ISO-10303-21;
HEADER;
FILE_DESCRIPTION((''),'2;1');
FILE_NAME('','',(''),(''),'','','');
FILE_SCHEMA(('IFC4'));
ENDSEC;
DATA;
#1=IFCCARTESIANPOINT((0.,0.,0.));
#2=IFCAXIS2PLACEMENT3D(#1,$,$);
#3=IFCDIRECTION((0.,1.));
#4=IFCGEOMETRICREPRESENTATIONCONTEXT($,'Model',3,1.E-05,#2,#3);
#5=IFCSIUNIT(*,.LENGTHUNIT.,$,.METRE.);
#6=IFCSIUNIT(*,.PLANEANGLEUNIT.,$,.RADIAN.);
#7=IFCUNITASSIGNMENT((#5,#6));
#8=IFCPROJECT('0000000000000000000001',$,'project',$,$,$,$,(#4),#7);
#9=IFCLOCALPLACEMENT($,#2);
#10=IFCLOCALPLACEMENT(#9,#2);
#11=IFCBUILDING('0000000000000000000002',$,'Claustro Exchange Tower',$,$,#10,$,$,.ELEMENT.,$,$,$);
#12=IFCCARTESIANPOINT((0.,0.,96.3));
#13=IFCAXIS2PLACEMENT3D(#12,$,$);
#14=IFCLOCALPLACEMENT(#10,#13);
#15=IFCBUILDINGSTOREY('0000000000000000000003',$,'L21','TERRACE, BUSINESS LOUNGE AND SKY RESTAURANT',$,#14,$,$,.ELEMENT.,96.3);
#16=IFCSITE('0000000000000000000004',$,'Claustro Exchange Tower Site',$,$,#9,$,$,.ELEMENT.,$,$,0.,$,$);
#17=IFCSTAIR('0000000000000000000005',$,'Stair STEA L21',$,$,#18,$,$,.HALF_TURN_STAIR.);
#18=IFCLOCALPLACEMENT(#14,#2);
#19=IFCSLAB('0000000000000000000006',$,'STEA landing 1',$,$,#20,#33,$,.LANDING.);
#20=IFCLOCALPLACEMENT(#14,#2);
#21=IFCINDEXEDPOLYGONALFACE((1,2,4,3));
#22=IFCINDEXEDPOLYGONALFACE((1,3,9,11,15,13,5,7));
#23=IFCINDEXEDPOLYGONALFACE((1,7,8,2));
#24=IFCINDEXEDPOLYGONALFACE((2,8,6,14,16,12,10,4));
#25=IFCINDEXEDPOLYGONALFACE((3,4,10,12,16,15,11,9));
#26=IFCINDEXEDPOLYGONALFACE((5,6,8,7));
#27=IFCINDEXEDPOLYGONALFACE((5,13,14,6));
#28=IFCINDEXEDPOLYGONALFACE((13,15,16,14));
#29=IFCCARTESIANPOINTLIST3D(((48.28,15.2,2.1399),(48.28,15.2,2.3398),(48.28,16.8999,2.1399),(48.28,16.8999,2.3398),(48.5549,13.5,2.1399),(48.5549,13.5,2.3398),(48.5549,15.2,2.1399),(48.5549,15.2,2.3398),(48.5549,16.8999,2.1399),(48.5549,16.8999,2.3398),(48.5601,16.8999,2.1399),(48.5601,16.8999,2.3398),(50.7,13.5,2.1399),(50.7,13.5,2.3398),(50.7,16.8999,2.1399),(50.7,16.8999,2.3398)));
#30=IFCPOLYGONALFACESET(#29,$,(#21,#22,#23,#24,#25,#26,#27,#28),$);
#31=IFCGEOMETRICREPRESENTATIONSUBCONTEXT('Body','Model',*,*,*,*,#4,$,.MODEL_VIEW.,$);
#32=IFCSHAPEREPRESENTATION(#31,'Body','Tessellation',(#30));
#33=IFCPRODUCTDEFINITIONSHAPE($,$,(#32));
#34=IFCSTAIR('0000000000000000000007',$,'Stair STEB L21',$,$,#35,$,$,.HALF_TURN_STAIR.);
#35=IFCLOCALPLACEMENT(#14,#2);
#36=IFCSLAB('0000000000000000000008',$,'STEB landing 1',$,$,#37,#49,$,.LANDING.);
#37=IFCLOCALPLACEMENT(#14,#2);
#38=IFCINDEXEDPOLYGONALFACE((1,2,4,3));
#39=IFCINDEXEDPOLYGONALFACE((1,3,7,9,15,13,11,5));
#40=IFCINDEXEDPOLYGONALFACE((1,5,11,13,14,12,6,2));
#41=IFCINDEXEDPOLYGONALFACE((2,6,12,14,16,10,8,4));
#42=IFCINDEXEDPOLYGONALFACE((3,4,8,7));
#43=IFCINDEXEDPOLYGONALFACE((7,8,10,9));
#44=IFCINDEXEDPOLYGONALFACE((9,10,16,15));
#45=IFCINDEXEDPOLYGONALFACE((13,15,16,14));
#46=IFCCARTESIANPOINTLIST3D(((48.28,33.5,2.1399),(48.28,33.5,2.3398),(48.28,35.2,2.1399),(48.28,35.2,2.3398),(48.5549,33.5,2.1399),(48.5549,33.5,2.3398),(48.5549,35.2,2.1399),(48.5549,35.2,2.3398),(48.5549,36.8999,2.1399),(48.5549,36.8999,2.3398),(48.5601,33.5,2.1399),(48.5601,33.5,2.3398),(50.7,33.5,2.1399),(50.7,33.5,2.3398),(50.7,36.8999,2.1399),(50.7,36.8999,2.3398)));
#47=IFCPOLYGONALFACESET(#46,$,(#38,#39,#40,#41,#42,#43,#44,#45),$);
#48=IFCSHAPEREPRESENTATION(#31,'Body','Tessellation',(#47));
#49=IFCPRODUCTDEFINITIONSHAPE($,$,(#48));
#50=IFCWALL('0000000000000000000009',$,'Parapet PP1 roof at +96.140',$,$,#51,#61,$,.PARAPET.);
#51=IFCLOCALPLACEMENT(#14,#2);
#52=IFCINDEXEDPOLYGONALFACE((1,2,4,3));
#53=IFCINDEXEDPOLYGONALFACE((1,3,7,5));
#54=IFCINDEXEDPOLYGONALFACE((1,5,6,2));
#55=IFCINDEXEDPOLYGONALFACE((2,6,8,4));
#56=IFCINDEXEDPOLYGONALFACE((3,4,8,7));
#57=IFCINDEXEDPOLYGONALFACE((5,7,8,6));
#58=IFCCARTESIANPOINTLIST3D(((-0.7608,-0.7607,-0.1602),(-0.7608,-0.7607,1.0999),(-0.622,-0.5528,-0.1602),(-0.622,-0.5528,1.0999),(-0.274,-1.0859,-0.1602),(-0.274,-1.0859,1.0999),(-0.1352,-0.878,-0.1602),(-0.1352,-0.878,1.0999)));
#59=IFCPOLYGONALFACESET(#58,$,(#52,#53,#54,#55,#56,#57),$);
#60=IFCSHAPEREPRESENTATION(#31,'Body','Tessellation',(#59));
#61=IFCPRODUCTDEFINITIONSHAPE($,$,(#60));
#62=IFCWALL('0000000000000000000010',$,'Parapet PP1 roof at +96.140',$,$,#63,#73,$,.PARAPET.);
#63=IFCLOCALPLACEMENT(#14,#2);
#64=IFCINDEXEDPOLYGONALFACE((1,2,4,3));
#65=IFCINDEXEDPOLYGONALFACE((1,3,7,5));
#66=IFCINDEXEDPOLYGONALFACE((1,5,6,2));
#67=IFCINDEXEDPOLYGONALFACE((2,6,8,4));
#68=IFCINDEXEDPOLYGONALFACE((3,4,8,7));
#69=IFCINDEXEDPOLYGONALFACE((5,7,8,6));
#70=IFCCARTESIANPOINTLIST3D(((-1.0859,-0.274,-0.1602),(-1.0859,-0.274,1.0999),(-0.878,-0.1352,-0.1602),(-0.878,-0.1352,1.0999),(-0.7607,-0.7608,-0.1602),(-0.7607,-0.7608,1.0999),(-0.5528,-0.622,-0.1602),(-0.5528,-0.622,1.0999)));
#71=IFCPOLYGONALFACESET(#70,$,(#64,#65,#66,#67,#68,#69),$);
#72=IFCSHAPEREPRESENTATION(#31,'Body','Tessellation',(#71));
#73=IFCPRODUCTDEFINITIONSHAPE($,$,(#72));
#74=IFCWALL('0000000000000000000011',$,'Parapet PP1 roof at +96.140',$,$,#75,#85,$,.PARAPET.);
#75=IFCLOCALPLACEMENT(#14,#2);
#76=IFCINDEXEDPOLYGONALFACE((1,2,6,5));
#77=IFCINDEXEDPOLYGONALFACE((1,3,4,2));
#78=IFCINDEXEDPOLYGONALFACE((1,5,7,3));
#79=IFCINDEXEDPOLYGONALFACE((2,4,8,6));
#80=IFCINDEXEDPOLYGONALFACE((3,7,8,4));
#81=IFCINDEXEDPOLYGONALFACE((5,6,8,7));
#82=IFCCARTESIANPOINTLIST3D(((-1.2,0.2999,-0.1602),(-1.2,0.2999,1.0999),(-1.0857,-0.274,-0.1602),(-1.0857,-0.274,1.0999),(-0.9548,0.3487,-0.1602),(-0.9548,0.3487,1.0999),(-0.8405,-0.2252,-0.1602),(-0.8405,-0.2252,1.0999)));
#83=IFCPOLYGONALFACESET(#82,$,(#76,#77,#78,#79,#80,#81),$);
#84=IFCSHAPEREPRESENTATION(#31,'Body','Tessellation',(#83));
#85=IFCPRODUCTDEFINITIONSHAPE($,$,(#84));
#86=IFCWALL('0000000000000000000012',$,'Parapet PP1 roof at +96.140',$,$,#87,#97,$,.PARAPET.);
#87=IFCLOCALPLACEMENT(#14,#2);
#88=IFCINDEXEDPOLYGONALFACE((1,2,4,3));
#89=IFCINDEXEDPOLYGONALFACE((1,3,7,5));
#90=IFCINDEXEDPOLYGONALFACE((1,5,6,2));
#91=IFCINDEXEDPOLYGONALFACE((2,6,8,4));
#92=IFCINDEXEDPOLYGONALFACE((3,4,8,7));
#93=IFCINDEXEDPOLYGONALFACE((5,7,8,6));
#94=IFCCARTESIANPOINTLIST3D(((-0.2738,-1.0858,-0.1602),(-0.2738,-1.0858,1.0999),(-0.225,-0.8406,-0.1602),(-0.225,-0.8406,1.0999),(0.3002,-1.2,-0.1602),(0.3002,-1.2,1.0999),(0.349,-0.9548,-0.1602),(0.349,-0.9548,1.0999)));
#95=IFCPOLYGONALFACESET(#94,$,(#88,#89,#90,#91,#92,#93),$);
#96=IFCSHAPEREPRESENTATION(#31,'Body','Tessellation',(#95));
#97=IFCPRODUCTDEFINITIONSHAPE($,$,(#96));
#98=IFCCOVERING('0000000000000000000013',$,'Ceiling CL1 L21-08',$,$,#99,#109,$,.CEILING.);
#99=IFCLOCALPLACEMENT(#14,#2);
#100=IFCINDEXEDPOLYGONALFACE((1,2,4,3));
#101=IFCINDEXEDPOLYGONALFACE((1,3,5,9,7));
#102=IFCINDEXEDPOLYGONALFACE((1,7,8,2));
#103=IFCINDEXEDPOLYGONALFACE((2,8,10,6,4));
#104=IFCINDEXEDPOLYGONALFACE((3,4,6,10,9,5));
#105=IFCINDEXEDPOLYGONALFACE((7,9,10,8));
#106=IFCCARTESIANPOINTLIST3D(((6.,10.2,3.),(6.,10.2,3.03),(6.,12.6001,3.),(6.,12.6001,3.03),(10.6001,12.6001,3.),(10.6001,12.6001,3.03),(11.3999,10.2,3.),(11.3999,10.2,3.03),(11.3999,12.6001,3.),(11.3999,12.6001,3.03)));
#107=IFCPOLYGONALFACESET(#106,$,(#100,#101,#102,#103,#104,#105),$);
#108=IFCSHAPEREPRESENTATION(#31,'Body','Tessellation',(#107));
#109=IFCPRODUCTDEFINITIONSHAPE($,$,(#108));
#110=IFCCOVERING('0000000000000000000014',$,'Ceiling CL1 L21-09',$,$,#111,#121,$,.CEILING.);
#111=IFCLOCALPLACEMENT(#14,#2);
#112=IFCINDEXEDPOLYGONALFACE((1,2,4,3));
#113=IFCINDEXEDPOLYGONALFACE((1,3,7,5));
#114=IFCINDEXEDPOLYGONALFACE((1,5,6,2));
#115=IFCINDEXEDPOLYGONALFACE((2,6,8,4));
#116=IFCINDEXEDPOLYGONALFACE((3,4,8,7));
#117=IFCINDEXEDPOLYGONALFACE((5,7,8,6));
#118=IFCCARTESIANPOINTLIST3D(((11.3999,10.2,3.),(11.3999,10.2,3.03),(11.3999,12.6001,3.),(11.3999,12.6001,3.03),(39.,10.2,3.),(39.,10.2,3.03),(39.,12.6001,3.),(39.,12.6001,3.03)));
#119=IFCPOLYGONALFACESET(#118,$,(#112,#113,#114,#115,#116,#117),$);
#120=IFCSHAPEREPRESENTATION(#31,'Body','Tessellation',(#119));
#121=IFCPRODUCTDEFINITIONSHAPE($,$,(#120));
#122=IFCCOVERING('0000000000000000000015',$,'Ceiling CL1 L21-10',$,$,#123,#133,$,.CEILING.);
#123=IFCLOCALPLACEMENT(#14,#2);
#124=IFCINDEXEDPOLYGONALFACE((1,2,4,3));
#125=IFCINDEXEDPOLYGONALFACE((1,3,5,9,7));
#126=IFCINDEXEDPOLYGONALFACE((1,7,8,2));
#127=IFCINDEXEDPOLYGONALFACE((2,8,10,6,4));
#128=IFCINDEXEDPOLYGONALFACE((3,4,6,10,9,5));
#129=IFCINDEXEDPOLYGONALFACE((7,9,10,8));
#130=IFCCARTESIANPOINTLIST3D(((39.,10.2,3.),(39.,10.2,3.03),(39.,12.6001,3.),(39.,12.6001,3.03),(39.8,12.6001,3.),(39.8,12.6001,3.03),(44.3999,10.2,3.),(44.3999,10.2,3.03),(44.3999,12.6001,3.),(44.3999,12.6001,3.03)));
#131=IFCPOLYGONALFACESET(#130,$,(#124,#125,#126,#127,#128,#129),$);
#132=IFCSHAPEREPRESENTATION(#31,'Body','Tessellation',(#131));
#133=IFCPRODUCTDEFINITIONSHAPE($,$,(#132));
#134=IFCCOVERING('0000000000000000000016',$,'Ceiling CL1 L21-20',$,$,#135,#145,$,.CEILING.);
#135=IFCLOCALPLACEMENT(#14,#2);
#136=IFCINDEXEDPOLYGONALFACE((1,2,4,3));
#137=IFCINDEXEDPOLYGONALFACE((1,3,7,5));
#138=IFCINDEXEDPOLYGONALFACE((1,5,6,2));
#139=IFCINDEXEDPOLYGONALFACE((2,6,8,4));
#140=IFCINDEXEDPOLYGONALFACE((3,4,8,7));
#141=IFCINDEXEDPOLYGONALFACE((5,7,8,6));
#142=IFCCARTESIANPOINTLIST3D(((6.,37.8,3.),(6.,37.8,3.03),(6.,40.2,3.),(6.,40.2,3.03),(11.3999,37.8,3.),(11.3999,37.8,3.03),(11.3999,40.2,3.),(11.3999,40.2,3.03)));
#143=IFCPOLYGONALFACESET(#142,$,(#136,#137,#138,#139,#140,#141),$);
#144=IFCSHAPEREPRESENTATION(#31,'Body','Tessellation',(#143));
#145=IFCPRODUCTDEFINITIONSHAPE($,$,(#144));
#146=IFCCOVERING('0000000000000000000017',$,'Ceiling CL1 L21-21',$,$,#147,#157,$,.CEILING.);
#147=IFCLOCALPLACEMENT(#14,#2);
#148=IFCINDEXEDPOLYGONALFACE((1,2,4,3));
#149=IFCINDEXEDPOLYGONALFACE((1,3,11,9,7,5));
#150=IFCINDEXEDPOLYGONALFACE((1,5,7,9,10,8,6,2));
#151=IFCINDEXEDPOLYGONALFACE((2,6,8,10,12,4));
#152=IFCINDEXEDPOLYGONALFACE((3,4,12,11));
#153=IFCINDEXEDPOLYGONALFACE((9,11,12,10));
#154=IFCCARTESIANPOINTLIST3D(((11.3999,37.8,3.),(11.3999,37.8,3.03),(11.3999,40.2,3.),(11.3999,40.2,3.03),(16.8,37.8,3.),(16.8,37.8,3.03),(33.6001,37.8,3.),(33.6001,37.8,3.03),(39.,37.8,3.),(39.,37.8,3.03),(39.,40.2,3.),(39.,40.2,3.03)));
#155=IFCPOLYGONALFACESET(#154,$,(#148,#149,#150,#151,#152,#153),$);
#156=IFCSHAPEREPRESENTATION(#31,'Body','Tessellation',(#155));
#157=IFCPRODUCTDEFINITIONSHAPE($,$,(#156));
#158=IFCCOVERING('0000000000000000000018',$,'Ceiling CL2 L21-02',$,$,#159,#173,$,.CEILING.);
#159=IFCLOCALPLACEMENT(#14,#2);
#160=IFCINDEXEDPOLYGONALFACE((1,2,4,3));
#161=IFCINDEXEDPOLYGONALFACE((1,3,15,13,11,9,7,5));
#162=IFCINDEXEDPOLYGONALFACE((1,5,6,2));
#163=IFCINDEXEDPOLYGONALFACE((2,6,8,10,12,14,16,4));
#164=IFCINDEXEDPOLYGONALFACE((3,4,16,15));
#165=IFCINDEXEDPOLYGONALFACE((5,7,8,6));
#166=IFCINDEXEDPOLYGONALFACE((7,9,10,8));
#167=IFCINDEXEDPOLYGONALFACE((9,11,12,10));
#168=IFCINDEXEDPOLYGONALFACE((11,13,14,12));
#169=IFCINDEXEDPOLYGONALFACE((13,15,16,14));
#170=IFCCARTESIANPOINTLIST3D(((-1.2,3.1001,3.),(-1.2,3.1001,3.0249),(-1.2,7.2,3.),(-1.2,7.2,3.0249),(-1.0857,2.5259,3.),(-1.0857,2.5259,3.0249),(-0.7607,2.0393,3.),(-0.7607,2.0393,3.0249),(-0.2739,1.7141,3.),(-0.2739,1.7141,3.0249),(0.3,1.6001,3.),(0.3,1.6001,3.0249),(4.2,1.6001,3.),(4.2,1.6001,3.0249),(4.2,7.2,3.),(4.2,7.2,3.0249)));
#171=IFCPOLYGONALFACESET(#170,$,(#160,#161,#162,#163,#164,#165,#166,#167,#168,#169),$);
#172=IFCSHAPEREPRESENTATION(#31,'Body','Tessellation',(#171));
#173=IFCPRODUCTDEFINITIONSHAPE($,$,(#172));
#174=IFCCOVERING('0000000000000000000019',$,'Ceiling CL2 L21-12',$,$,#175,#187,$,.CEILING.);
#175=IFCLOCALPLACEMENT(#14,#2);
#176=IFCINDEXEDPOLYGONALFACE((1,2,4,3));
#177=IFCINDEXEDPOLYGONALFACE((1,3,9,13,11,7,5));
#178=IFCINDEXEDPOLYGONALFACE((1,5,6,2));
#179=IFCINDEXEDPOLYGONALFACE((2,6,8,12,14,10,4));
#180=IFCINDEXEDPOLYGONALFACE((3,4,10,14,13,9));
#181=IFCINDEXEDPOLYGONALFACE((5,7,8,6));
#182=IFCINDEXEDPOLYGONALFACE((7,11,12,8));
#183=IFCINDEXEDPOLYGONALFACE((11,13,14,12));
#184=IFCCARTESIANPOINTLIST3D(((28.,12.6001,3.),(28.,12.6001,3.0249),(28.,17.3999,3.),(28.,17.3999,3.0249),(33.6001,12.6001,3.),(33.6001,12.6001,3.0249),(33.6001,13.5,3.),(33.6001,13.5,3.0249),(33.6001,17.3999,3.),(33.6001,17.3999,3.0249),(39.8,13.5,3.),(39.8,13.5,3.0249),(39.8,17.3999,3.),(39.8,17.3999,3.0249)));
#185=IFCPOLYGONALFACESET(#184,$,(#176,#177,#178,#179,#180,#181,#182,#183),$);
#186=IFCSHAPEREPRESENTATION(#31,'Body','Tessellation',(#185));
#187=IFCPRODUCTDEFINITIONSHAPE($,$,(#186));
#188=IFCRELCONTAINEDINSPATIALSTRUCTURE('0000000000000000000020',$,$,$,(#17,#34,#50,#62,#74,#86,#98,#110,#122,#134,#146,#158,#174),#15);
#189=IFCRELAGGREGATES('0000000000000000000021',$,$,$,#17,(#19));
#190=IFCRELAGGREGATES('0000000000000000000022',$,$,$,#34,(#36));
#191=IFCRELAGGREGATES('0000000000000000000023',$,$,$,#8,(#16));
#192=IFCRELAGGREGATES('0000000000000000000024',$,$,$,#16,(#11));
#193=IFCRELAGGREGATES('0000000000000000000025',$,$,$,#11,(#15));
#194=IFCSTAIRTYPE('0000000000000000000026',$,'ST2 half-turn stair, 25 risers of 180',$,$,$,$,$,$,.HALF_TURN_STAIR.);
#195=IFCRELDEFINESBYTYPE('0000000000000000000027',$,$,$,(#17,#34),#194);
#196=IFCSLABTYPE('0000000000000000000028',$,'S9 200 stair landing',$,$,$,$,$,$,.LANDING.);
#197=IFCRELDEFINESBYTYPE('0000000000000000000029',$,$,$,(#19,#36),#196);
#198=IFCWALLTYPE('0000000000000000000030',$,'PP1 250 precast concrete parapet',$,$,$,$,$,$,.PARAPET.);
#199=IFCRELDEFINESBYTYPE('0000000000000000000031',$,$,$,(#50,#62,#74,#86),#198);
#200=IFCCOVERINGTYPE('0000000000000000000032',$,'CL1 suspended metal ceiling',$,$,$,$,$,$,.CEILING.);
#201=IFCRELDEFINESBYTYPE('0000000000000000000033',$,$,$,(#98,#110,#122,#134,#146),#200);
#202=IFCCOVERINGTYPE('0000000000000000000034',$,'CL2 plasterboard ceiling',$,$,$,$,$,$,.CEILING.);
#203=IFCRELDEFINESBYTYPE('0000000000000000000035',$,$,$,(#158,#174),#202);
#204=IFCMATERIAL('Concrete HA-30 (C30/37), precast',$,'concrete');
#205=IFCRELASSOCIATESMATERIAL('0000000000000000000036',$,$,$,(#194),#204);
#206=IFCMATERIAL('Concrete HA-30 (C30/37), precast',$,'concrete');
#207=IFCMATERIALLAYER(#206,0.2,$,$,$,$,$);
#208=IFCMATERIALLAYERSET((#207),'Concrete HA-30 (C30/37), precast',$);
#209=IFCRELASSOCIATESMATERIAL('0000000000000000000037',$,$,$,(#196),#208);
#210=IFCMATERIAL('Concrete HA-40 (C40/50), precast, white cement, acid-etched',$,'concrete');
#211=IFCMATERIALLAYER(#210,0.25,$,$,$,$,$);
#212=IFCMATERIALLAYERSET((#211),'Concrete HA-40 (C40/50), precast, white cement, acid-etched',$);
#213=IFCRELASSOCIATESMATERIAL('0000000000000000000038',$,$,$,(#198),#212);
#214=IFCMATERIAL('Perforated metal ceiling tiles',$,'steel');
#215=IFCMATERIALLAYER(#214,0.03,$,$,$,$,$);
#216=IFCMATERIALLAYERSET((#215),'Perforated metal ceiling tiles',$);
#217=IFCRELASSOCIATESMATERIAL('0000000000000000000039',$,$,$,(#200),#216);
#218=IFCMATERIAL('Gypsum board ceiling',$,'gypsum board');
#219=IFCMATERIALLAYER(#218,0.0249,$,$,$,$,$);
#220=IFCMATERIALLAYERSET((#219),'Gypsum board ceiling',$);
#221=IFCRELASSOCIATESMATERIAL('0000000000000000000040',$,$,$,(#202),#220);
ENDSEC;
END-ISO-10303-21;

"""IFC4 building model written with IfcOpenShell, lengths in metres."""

from ifc_helpers import new_model, si_unit, direction, frame, frame_2d, origin, place, context, subcontext, project, spatial, polyline, rectangle, outline, extrude, material, layer, layer_set, type_object, element, aggregate, save


model = new_model("IFC4")

# Units and contexts
model_context = context("Model", 3, precision=1e-05, world=origin(), true_north=direction((0.0, 1.0)))
body_context = subcontext(model_context, "Body", "Model", "MODEL_VIEW")
ifc_project = project(units=[si_unit("LENGTHUNIT", "METRE"), si_unit("PLANEANGLEUNIT", "RADIAN")], contexts=[model_context])

# Site, building, storey
site_placement = place(None, origin())
site = spatial("IfcSite", under=ifc_project, at=site_placement, Name="Claustro Exchange Tower Site", CompositionType="ELEMENT", RefElevation=0.0)
building_placement = place(site_placement, origin())
building = spatial("IfcBuilding", under=site, at=building_placement, Name="Claustro Exchange Tower", CompositionType="ELEMENT")
storey_placement = place(building_placement, frame((0.0, 0.0, 96.3)))
storey = spatial("IfcBuildingStorey", under=building, at=storey_placement, Name="L21", Description="TERRACE, BUSINESS LOUNGE AND SKY RESTAURANT", CompositionType="ELEMENT", Elevation=96.3)

# Stairs, slabs
ifc_material_1 = material(Name="Concrete HA-30 (C30/37), precast", Category="concrete")
stair_type = type_object("IfcStairType", Name="ST2 half-turn stair, 25 risers of 180", PredefinedType="HALF_TURN_STAIR", material=ifc_material_1)
ifc_material_2 = material(Name="Concrete HA-30 (C30/37), precast", Category="concrete")
ifc_layer_1 = layer(ifc_material_2, 0.2)
ifc_layer_set_1 = layer_set([ifc_layer_1], Name="Concrete HA-30 (C30/37), precast")
slab_type_1 = type_object("IfcSlabType", Name="S9 200 stair landing", PredefinedType="LANDING", material=ifc_layer_set_1)
stair_1_placement = place(storey_placement, origin())
stair_1 = element("IfcStair", 1, at=stair_1_placement, inside=storey, type_object=stair_type, Name="Stair STEA L21", PredefinedType="HALF_TURN_STAIR")
slab_1_placement = place(storey_placement, frame((0.0, 0.0, 2.1399)))
slab_1 = element("IfcSlab", 2, at=slab_1_placement, type_object=slab_type_1, Name="STEA landing 1", PredefinedType="LANDING", context=body_context, shape_type="SweptSolid", body=[
    extrude(outline(polyline([(50.7, 16.8999), (50.7, 13.5), (48.5549, 13.5), (48.5549, 15.2), (48.28, 15.2), (48.28, 16.8999), (48.5549, 16.8999), (48.5601, 16.8999), (50.7, 16.8999)])), origin(), (0.0, 0.0, 1.0), 0.2),
])
aggregate(stair_1, [slab_1])
stair_2_placement = place(storey_placement, origin())
stair_2 = element("IfcStair", 3, at=stair_2_placement, inside=storey, type_object=stair_type, Name="Stair STEB L21", PredefinedType="HALF_TURN_STAIR")
slab_2_placement = place(storey_placement, frame((0.0, 0.0, 2.1399)))
slab_2 = element("IfcSlab", 4, at=slab_2_placement, type_object=slab_type_1, Name="STEB landing 1", PredefinedType="LANDING", context=body_context, shape_type="SweptSolid", body=[
    extrude(outline(polyline([(48.28, 33.5), (48.28, 35.2), (48.5549, 35.2), (48.5549, 36.8999), (50.7, 36.8999), (50.7, 33.5), (48.5601, 33.5), (48.5549, 33.5), (48.28, 33.5)])), origin(), (0.0, 0.0, 1.0), 0.2),
])
aggregate(stair_2, [slab_2])

# Walls
ifc_material_3 = material(Name="Concrete HA-40 (C40/50), precast, white cement, acid-etched", Category="concrete")
ifc_layer_2 = layer(ifc_material_3, 0.25)
ifc_layer_set_2 = layer_set([ifc_layer_2], Name="Concrete HA-40 (C40/50), precast, white cement, acid-etched")
wall_type = type_object("IfcWallType", Name="PP1 250 precast concrete parapet", PredefinedType="PARAPET", material=ifc_layer_set_2)
for number, where, z_axis, x_axis, name in (
    (5, (-0.2046, -0.9819, -0.1602), (0.0, 0.0, 1.0), (-0.831537, 0.55547, 0.0), "Parapet PP1 roof at +96.140"),
    (6, (-0.6567, -0.6914, -0.1602), (0.0, 0.0, 1.0), (-0.55547, 0.831537, 0.0), "Parapet PP1 roof at +96.140"),
):
    element("IfcWall", number, at=place(storey_placement, frame(where, z_axis=z_axis, x_axis=x_axis)), inside=storey, type_object=wall_type, Name=name, PredefinedType="PARAPET", context=body_context, shape_type="SweptSolid", body=[
        extrude(rectangle(XDim=0.5854, YDim=0.25, at=frame_2d((0.2927, 0.0))), origin(), (0.0, 0.0, 1.0), 1.26),
    ])
for number, where, z_axis, x_axis, name in (
    (7, (-0.9631, -0.2495, -0.1602), (0.0, 0.0, 1.0), (-0.195234, 0.980757, 0.0), "Parapet PP1 roof at +96.140"),
    (8, (0.3245, -1.0774, -0.1602), (0.0, 0.0, 1.0), (-0.980757, 0.195234, 0.0), "Parapet PP1 roof at +96.140"),
):
    element("IfcWall", number, at=place(storey_placement, frame(where, z_axis=z_axis, x_axis=x_axis)), inside=storey, type_object=wall_type, Name=name, PredefinedType="PARAPET", context=body_context, shape_type="SweptSolid", body=[
        extrude(rectangle(XDim=0.5852, YDim=0.25, at=frame_2d((0.2925, 0.0))), origin(), (0.0, 0.0, 1.0), 1.26),
    ])

# Coverings
ifc_material_4 = material(Name="Perforated metal ceiling tiles", Category="steel")
ifc_layer_3 = layer(ifc_material_4, 0.03)
ifc_layer_set_3 = layer_set([ifc_layer_3], Name="Perforated metal ceiling tiles")
covering_type_1 = type_object("IfcCoveringType", Name="CL1 suspended metal ceiling", PredefinedType="CEILING", material=ifc_layer_set_3)
covering_1_placement = place(storey_placement, frame((0.0, 0.0, 3.0)))
element("IfcCovering", 9, at=covering_1_placement, inside=storey, type_object=covering_type_1, Name="Ceiling CL1 L21-08", PredefinedType="CEILING", context=body_context, shape_type="SweptSolid", body=[
    extrude(outline(polyline([(10.6001, 12.6001), (6.0, 12.6001), (6.0, 10.2), (11.3999, 10.2), (11.3999, 12.6001), (10.6001, 12.6001)])), origin(), (0.0, 0.0, 1.0), 0.03),
])
covering_2_placement = place(storey_placement, frame((0.0, 0.0, 3.0)))
element("IfcCovering", 10, at=covering_2_placement, inside=storey, type_object=covering_type_1, Name="Ceiling CL1 L21-09", PredefinedType="CEILING", context=body_context, shape_type="SweptSolid", body=[
    extrude(outline(polyline([(11.3999, 10.2), (39.0, 10.2), (39.0, 12.6001), (11.3999, 12.6001), (11.3999, 10.2)])), origin(), (0.0, 0.0, 1.0), 0.03),
])
covering_3_placement = place(storey_placement, frame((0.0, 0.0, 3.0)))
element("IfcCovering", 11, at=covering_3_placement, inside=storey, type_object=covering_type_1, Name="Ceiling CL1 L21-10", PredefinedType="CEILING", context=body_context, shape_type="SweptSolid", body=[
    extrude(outline(polyline([(44.3999, 12.6001), (39.8, 12.6001), (39.0, 12.6001), (39.0, 10.2), (44.3999, 10.2), (44.3999, 12.6001)])), origin(), (0.0, 0.0, 1.0), 0.03),
])
covering_4_placement = place(storey_placement, frame((0.0, 0.0, 3.0)))
element("IfcCovering", 12, at=covering_4_placement, inside=storey, type_object=covering_type_1, Name="Ceiling CL1 L21-20", PredefinedType="CEILING", context=body_context, shape_type="SweptSolid", body=[
    extrude(outline(polyline([(6.0, 37.8), (11.3999, 37.8), (11.3999, 40.2), (6.0, 40.2), (6.0, 37.8)])), origin(), (0.0, 0.0, 1.0), 0.03),
])
covering_5_placement = place(storey_placement, frame((0.0, 0.0, 3.0)))
element("IfcCovering", 13, at=covering_5_placement, inside=storey, type_object=covering_type_1, Name="Ceiling CL1 L21-21", PredefinedType="CEILING", context=body_context, shape_type="SweptSolid", body=[
    extrude(outline(polyline([(11.3999, 37.8), (16.8, 37.8), (33.6001, 37.8), (39.0, 37.8), (39.0, 40.2), (11.3999, 40.2), (11.3999, 37.8)])), origin(), (0.0, 0.0, 1.0), 0.03),
])
ifc_material_5 = material(Name="Gypsum board ceiling", Category="gypsum board")
ifc_layer_4 = layer(ifc_material_5, 0.0249)
ifc_layer_set_4 = layer_set([ifc_layer_4], Name="Gypsum board ceiling")
covering_type_2 = type_object("IfcCoveringType", Name="CL2 plasterboard ceiling", PredefinedType="CEILING", material=ifc_layer_set_4)
covering_6_placement = place(storey_placement, frame((0.0, 0.0, 3.0)))
element("IfcCovering", 14, at=covering_6_placement, inside=storey, type_object=covering_type_2, Name="Ceiling CL2 L21-02", PredefinedType="CEILING", context=body_context, shape_type="SweptSolid", body=[
    extrude(outline(polyline([(-1.2, 3.1001), (-1.0857, 2.5259), (-0.7607, 2.0393), (-0.2739, 1.7141), (0.3, 1.6001), (4.2, 1.6001), (4.2, 7.2), (-1.2, 7.2), (-1.2, 3.1001)])), origin(), (0.0, 0.0, 1.0), 0.0249),
])
covering_7_placement = place(storey_placement, frame((0.0, 0.0, 3.0)))
element("IfcCovering", 15, at=covering_7_placement, inside=storey, type_object=covering_type_2, Name="Ceiling CL2 L21-12", PredefinedType="CEILING", context=body_context, shape_type="SweptSolid", body=[
    extrude(outline(polyline([(33.6001, 17.3999), (28.0, 17.3999), (28.0, 12.6001), (33.6001, 12.6001), (33.6001, 13.5), (39.8, 13.5), (39.8, 17.3999), (33.6001, 17.3999)])), origin(), (0.0, 0.0, 1.0), 0.0249),
])

save(model, "model.ifc")
